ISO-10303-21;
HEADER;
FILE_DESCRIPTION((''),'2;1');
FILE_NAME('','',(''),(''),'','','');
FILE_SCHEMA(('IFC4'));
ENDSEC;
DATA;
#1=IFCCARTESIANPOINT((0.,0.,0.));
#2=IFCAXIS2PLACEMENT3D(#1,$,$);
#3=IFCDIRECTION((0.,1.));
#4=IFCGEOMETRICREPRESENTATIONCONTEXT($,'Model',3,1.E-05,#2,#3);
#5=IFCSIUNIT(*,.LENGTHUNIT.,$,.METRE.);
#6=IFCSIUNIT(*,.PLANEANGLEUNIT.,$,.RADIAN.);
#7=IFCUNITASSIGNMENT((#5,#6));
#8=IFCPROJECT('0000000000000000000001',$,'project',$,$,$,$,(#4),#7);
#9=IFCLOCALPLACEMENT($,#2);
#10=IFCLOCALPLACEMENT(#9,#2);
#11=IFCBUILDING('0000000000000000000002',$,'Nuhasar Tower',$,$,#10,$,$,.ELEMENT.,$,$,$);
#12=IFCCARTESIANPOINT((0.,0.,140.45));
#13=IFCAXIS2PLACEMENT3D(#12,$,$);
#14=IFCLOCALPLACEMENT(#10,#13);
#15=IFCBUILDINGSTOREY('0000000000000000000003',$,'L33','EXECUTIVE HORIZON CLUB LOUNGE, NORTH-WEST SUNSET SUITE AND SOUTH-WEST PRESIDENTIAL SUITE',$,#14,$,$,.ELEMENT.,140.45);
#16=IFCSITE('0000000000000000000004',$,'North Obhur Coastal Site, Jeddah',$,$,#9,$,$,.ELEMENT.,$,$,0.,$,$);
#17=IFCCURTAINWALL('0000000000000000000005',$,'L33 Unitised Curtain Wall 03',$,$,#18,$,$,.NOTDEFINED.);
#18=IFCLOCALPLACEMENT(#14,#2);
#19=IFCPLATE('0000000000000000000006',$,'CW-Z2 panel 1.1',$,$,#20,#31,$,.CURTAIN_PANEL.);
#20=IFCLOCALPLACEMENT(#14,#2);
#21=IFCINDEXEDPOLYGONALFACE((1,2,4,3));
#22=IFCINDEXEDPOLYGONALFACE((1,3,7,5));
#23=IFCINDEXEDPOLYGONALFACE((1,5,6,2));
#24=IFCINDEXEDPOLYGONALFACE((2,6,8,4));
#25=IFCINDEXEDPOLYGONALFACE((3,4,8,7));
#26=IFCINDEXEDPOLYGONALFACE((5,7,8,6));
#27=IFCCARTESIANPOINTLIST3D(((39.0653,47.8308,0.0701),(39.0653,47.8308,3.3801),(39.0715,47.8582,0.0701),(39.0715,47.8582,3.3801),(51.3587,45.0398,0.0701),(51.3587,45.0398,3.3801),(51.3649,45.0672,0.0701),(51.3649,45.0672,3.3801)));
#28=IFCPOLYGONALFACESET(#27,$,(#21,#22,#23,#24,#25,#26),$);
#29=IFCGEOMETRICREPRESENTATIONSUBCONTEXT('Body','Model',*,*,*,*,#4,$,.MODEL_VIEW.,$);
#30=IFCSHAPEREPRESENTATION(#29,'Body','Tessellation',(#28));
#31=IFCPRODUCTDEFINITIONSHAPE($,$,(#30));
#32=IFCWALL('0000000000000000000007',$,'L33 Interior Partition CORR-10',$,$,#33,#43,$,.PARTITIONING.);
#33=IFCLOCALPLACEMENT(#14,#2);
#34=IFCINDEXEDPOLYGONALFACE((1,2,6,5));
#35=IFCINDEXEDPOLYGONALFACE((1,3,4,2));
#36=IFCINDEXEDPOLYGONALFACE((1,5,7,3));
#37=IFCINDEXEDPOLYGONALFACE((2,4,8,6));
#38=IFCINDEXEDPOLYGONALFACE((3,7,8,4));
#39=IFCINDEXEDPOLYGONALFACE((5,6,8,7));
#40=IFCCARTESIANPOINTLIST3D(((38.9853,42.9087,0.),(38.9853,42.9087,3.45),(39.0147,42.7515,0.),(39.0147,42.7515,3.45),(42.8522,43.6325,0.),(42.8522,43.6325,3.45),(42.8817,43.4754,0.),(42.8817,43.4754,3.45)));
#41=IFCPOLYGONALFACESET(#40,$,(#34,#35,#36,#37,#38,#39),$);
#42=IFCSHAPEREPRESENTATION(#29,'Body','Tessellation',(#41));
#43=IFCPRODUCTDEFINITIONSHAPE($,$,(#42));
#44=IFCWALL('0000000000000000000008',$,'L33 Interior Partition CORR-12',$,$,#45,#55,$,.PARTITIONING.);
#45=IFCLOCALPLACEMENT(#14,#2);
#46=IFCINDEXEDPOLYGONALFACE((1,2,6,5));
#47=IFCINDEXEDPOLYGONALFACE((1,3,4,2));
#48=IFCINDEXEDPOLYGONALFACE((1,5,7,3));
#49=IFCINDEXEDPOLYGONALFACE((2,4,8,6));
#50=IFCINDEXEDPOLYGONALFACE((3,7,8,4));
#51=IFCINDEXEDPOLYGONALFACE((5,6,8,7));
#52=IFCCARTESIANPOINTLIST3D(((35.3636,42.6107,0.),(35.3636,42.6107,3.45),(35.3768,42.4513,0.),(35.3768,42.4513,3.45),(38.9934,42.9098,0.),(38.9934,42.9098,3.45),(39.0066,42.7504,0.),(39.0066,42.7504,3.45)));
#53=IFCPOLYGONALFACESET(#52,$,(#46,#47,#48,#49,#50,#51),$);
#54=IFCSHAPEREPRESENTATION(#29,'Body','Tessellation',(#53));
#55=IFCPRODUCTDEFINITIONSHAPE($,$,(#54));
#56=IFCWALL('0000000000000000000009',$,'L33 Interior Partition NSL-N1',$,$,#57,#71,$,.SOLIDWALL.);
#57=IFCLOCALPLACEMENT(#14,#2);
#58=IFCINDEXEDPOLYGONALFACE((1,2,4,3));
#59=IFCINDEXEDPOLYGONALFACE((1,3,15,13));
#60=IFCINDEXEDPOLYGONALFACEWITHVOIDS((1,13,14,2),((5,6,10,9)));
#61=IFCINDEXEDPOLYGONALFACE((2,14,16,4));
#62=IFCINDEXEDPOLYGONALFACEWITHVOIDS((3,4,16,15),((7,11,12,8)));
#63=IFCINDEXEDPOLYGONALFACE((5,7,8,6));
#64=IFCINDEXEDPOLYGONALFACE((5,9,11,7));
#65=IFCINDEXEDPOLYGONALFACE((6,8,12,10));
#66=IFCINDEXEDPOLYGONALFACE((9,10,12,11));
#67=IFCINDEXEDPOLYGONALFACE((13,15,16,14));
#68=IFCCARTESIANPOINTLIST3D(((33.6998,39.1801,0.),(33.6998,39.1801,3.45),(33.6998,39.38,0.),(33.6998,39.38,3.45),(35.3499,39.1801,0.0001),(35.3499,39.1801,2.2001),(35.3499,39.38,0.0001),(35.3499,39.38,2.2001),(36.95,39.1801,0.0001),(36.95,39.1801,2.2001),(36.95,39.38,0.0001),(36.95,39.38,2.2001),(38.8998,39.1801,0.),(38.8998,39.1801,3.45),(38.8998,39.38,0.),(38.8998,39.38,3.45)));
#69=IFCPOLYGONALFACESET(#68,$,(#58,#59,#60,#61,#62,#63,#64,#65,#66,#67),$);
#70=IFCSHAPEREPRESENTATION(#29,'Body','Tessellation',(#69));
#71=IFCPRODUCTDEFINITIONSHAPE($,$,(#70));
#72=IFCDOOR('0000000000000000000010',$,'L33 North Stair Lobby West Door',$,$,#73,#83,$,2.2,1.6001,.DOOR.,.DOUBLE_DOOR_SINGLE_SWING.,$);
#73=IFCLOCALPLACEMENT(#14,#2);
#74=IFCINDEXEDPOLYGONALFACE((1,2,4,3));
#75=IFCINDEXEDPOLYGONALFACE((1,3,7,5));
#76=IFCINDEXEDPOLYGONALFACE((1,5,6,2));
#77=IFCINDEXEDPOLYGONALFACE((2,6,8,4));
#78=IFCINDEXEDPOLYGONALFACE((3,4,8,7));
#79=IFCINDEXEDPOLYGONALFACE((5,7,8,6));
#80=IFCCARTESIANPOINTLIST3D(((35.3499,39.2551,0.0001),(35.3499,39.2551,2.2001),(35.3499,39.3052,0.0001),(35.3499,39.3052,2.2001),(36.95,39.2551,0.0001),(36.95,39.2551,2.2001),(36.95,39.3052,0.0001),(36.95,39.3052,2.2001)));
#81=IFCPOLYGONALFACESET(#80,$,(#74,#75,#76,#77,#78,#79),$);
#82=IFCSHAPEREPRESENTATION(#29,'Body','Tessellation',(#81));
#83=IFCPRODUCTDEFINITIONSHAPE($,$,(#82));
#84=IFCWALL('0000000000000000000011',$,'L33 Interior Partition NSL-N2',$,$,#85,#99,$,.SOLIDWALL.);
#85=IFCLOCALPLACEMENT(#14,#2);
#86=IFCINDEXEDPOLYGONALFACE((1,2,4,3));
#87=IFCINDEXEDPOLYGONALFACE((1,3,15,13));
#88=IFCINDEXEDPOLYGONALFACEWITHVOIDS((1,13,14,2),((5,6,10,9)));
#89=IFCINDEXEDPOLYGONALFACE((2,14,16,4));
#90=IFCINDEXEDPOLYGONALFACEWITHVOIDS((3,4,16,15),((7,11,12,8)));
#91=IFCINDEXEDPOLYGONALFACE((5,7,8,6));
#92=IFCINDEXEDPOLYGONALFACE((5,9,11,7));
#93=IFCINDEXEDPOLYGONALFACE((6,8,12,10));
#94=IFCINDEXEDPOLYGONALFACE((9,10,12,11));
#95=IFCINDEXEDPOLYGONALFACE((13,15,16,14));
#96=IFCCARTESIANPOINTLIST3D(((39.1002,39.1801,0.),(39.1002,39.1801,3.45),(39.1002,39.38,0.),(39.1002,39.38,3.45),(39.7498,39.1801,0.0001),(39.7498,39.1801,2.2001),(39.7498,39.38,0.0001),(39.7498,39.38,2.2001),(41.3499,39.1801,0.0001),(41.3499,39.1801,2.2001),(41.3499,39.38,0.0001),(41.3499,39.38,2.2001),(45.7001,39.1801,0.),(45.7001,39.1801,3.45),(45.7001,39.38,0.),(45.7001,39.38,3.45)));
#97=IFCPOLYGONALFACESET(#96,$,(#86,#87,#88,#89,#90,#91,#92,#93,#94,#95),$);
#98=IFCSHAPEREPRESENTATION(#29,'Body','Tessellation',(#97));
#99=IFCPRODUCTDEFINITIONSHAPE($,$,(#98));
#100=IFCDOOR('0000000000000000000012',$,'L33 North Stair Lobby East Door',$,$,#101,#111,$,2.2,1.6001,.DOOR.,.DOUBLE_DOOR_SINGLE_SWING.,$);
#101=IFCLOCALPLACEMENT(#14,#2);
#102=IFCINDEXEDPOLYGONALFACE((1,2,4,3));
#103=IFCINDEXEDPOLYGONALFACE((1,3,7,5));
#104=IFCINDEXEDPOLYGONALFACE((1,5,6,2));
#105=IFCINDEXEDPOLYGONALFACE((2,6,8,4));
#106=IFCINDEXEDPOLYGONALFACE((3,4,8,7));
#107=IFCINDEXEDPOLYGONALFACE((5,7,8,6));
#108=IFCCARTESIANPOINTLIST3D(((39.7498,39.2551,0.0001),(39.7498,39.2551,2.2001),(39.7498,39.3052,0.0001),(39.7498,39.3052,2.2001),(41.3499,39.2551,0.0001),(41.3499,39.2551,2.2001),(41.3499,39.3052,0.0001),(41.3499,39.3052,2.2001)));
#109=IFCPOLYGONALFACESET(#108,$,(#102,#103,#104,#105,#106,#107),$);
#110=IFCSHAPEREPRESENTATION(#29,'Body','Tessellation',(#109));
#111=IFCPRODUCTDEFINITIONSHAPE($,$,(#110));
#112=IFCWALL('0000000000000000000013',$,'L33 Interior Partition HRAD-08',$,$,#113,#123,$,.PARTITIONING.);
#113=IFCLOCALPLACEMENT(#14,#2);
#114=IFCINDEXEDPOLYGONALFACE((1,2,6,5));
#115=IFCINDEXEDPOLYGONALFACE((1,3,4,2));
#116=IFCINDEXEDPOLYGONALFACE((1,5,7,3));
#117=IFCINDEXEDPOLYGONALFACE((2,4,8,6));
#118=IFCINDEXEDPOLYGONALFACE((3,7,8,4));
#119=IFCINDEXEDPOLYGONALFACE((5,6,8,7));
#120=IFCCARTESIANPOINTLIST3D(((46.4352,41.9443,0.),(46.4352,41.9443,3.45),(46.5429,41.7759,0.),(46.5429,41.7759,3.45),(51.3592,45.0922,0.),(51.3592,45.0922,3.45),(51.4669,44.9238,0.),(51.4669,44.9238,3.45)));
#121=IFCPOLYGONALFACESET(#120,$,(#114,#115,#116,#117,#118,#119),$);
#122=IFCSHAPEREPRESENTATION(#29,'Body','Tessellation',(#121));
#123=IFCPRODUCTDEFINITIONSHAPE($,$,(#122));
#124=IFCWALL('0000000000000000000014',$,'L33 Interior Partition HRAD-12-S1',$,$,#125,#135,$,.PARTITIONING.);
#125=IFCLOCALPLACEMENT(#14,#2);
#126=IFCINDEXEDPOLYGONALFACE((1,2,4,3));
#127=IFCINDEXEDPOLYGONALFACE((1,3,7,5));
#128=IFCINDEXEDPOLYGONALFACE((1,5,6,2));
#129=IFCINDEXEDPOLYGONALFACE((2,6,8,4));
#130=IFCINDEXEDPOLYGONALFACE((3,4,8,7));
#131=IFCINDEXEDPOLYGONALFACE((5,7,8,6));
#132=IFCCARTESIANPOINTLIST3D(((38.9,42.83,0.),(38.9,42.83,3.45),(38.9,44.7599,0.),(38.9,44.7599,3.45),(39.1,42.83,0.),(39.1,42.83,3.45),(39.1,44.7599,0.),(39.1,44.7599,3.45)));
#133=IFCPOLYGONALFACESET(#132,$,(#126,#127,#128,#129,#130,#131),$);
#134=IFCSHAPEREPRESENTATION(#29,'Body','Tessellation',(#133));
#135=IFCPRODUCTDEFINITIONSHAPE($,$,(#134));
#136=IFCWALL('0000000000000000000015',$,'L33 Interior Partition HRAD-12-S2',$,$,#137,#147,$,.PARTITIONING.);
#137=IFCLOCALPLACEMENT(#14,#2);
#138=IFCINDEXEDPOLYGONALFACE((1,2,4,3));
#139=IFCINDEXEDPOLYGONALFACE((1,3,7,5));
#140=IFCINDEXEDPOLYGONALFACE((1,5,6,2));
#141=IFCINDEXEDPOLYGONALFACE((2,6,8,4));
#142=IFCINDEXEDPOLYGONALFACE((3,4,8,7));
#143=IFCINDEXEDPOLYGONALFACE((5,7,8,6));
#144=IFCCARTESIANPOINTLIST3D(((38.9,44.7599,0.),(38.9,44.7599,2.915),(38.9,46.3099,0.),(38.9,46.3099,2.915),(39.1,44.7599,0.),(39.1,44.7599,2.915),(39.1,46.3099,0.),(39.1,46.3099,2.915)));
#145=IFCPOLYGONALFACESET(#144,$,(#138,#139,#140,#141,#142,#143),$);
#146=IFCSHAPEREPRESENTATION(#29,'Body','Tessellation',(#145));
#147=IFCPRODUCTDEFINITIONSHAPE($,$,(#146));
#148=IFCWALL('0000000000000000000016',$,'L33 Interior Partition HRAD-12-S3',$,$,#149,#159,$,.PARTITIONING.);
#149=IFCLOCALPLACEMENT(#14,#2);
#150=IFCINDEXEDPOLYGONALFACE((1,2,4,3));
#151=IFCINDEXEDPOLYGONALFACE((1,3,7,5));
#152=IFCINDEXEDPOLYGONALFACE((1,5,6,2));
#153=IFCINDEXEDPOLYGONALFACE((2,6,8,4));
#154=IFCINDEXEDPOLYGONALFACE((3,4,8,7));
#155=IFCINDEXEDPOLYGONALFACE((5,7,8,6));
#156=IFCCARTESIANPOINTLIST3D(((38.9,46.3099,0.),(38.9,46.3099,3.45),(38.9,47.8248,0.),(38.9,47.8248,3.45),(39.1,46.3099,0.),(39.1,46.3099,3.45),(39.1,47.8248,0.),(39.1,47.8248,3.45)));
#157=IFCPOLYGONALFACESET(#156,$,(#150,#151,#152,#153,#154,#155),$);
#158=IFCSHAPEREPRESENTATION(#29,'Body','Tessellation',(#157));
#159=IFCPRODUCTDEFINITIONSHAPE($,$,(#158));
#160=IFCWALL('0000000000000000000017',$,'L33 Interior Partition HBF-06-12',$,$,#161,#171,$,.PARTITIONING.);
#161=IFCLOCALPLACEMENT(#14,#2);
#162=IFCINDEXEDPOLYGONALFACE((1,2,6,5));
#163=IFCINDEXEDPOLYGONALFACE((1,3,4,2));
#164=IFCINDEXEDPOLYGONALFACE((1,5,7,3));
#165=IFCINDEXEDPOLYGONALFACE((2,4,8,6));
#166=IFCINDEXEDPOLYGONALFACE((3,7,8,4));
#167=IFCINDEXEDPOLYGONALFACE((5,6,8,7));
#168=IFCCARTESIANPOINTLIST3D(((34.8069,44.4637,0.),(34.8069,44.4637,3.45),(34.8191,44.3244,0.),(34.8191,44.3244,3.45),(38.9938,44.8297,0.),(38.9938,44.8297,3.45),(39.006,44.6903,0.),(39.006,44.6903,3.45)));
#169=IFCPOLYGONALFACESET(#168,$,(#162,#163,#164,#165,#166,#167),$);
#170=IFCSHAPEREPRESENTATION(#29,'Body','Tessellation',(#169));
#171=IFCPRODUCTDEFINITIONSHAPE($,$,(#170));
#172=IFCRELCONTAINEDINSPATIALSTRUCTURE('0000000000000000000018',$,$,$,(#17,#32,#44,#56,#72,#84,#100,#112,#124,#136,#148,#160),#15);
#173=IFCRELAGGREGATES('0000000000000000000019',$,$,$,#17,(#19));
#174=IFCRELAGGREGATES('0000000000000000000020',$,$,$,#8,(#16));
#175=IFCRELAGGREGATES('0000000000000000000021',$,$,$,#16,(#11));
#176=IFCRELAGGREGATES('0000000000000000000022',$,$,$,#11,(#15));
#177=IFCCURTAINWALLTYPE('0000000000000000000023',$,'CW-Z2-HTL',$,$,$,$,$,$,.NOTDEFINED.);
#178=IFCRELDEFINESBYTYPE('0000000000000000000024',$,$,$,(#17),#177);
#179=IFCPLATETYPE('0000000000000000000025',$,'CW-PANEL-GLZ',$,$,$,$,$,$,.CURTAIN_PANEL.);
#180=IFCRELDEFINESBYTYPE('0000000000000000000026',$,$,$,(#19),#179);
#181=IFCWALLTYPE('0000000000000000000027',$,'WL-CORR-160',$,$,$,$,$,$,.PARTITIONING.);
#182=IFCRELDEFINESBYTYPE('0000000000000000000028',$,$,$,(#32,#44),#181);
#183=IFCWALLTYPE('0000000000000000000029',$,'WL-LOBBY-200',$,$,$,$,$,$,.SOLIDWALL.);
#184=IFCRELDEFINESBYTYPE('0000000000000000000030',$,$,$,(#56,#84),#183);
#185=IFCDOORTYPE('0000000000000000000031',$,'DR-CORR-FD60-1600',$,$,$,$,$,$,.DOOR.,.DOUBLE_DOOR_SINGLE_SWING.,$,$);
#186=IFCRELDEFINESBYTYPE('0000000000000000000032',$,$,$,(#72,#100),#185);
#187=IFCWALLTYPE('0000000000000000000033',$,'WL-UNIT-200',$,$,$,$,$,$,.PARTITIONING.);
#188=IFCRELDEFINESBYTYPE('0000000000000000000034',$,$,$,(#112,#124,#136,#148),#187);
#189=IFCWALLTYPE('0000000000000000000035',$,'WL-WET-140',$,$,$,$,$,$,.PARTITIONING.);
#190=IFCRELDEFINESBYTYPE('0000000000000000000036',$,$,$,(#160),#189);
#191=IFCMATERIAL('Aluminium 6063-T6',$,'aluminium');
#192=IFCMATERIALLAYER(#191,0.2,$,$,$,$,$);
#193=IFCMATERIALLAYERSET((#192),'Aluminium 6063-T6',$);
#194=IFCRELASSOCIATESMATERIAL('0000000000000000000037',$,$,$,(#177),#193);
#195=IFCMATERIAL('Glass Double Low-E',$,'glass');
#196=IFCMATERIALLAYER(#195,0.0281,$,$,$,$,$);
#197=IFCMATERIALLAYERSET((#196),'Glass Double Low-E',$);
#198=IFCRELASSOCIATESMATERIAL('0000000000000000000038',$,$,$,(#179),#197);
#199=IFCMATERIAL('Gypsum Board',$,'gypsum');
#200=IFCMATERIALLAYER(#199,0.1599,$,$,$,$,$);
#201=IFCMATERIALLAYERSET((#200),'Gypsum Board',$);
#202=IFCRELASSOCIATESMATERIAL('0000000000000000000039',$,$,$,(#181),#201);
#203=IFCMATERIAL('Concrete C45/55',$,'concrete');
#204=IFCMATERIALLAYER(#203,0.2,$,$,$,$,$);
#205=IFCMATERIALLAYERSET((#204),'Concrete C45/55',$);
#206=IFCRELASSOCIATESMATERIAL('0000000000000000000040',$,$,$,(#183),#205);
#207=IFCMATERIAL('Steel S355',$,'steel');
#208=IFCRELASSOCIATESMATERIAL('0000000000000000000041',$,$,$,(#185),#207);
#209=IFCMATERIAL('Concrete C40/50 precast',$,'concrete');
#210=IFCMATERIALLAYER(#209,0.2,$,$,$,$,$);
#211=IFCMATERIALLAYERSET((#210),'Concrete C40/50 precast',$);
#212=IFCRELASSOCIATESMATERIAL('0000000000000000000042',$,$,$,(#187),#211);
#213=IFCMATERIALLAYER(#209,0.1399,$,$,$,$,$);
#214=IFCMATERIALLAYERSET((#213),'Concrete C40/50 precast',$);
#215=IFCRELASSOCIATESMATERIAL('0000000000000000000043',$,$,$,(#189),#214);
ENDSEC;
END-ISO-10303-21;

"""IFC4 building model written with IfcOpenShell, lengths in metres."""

from ifc_helpers import new_model, si_unit, direction, frame, frame_2d, origin, origin_2d, place, context, subcontext, project, spatial, rectangle, extrude, material, layer, layer_set, type_object, element, fill, aggregate, save


model = new_model("IFC4")

# Units and contexts
model_context = context("Model", 3, precision=1e-05, world=origin(), true_north=direction((0.0, 1.0)))
body_context = subcontext(model_context, "Body", "Model", "MODEL_VIEW")
ifc_project = project(units=[si_unit("LENGTHUNIT", "METRE"), si_unit("PLANEANGLEUNIT", "RADIAN")], contexts=[model_context])

# Site, building, storey
site_placement = place(None, origin())
site = spatial("IfcSite", under=ifc_project, at=site_placement, Name="North Obhur Coastal Site, Jeddah", CompositionType="ELEMENT", RefElevation=0.0)
building_placement = place(site_placement, origin())
building = spatial("IfcBuilding", under=site, at=building_placement, Name="Nuhasar Tower", CompositionType="ELEMENT")
storey_placement = place(building_placement, frame((0.0, 0.0, 140.45)))
storey = spatial("IfcBuildingStorey", under=building, at=storey_placement, Name="L33", Description="EXECUTIVE HORIZON CLUB LOUNGE, NORTH-WEST SUNSET SUITE AND SOUTH-WEST PRESIDENTIAL SUITE", CompositionType="ELEMENT", Elevation=140.45)

# Shared definitions
ifc_material_1 = material(Name="Steel S355", Category="steel")

# Curtain wall
ifc_material_2 = material(Name="Aluminium 6063-T6", Category="aluminium")
ifc_layer_1 = layer(ifc_material_2, 0.2)
ifc_layer_set_1 = layer_set([ifc_layer_1], Name="Aluminium 6063-T6")
curtain_wall_type = type_object("IfcCurtainWallType", Name="CW-Z2-HTL", PredefinedType="NOTDEFINED", material=ifc_layer_set_1)
curtain_wall_1_placement = place(storey_placement, origin())
curtain_wall_1 = element("IfcCurtainWall", 1, at=curtain_wall_1_placement, inside=storey, type_object=curtain_wall_type, Name="L33 Unitised Curtain Wall 03", PredefinedType="NOTDEFINED")

# Plate
ifc_material_3 = material(Name="Glass Double Low-E", Category="glass")
ifc_layer_2 = layer(ifc_material_3, 0.0281)
ifc_layer_set_2 = layer_set([ifc_layer_2], Name="Glass Double Low-E")
plate_type = type_object("IfcPlateType", Name="CW-PANEL-GLZ", PredefinedType="CURTAIN_PANEL", material=ifc_layer_set_2)
plate_placement = place(storey_placement, frame((45.2151, 46.449, 0.0701), z_axis=(0.0, 0.0, 1.0), x_axis=(-0.975184, 0.221397, 0.0)))
plate = element("IfcPlate", 2, at=plate_placement, type_object=plate_type, Name="CW-Z2 panel 1.1", PredefinedType="CURTAIN_PANEL", context=body_context, shape_type="SweptSolid", body=[
    extrude(rectangle(XDim=12.6062, YDim=0.0281, at=origin_2d()), origin(), (0.0, 0.0, 1.0), 3.3101),
])
aggregate(curtain_wall_1, [plate])

# Shared definitions
ifc_material_4 = material(Name="Gypsum Board", Category="gypsum")
ifc_layer_3 = layer(ifc_material_4, 0.1599)
ifc_layer_set_3 = layer_set([ifc_layer_3], Name="Gypsum Board")
wall_type_1 = type_object("IfcWallType", Name="WL-CORR-160", PredefinedType="PARTITIONING", material=ifc_layer_set_3)

# Walls
wall_1_placement = place(storey_placement, frame((42.8669, 43.554, 0.0), z_axis=(0.0, 0.0, 1.0), x_axis=(-0.982926, -0.184, 0.0)))
element("IfcWall", 3, at=wall_1_placement, inside=storey, type_object=wall_type_1, Name="L33 Interior Partition CORR-10", PredefinedType="PARTITIONING", context=body_context, shape_type="SweptSolid", body=[
    extrude(rectangle(XDim=3.9341, YDim=0.1599, at=frame_2d((1.967, 0.0))), origin(), (0.0, 0.0, 1.0), 3.45),
])
wall_2_placement = place(storey_placement, frame((39.0, 42.8301, 0.0), z_axis=(0.0, 0.0, 1.0), x_axis=(-0.996623, -0.082113, 0.0)))
element("IfcWall", 4, at=wall_2_placement, inside=storey, type_object=wall_type_1, Name="L33 Interior Partition CORR-12", PredefinedType="PARTITIONING", context=body_context, shape_type="SweptSolid", body=[
    extrude(rectangle(XDim=3.6421, YDim=0.1599, at=frame_2d((1.821, 0.0))), origin(), (0.0, 0.0, 1.0), 3.45),
])

# Walls, openings, doors
ifc_material_5 = material(Name="Concrete C45/55", Category="concrete")
ifc_layer_4 = layer(ifc_material_5, 0.2)
ifc_layer_set_4 = layer_set([ifc_layer_4], Name="Concrete C45/55")
wall_type_2 = type_object("IfcWallType", Name="WL-LOBBY-200", PredefinedType="SOLIDWALL", material=ifc_layer_set_4)
wall_3_placement = place(storey_placement, frame((38.8999, 39.28, 0.0), z_axis=(0.0, 0.0, 1.0), x_axis=(-1.0, 0.0, 0.0)))
wall_3 = element("IfcWall", 5, at=wall_3_placement, inside=storey, type_object=wall_type_2, Name="L33 Interior Partition NSL-N1", PredefinedType="SOLIDWALL", context=body_context, shape_type="SweptSolid", body=[
    extrude(rectangle(XDim=5.2, YDim=0.2, at=frame_2d((2.6001, 0.0))), origin(), (0.0, 0.0, 1.0), 3.45),
])
opening_1_placement = place(wall_3_placement, frame((1.95, 0.0, 0.0)))
opening_1 = element("IfcOpeningElement", 6, at=opening_1_placement, cuts=wall_3, PredefinedType="OPENING", context=body_context, shape_type="SweptSolid", body=[
    extrude(rectangle(XDim=1.6001, YDim=2.2, at=frame_2d((0.8, 1.1001))), frame((0.0, 0.1099, 0.0), z_axis=(0.0, -1.0, 0.0), x_axis=(1.0, 0.0, 0.0)), (0.0, 0.0, 1.0), 0.22),
])
door_type_1 = type_object("IfcDoorType", Name="DR-CORR-FD60-1600", OperationType="DOUBLE_DOOR_SINGLE_SWING", PredefinedType="DOOR", material=ifc_material_1)
door_1_placement = place(opening_1_placement, origin())
door_1 = element("IfcDoor", 7, at=door_1_placement, inside=storey, type_object=door_type_1, Name="L33 North Stair Lobby West Door", OperationType="DOUBLE_DOOR_SINGLE_SWING", OverallHeight=2.2, OverallWidth=1.6001, PredefinedType="DOOR", context=body_context, shape_type="SweptSolid", body=[
    extrude(rectangle(XDim=1.6001, YDim=2.2, at=frame_2d((0.8, 1.1001))), frame((0.0, 0.0249, 0.0), z_axis=(0.0, -1.0, 0.0), x_axis=(1.0, 0.0, 0.0)), (0.0, 0.0, 1.0), 0.05),
])
fill(opening_1, door_1)
wall_4_placement = place(storey_placement, frame((45.7, 39.28, 0.0), z_axis=(0.0, 0.0, 1.0), x_axis=(-1.0, 0.0, 0.0)))
wall_4 = element("IfcWall", 8, at=wall_4_placement, inside=storey, type_object=wall_type_2, Name="L33 Interior Partition NSL-N2", PredefinedType="SOLIDWALL", context=body_context, shape_type="SweptSolid", body=[
    extrude(rectangle(XDim=6.5999, YDim=0.2, at=frame_2d((3.2998, 0.0))), origin(), (0.0, 0.0, 1.0), 3.45),
])
opening_2_placement = place(wall_4_placement, frame((4.3501, 0.0, 0.0)))
opening_2 = element("IfcOpeningElement", 9, at=opening_2_placement, cuts=wall_4, PredefinedType="OPENING", context=body_context, shape_type="SweptSolid", body=[
    extrude(rectangle(XDim=1.6001, YDim=2.2, at=frame_2d((0.8, 1.1001))), frame((0.0, 0.1099, 0.0), z_axis=(0.0, -1.0, 0.0), x_axis=(1.0, 0.0, 0.0)), (0.0, 0.0, 1.0), 0.22),
])
door_2_placement = place(opening_2_placement, origin())
door_2 = element("IfcDoor", 10, at=door_2_placement, inside=storey, type_object=door_type_1, Name="L33 North Stair Lobby East Door", OperationType="DOUBLE_DOOR_SINGLE_SWING", OverallHeight=2.2, OverallWidth=1.6001, PredefinedType="DOOR", context=body_context, shape_type="SweptSolid", body=[
    extrude(rectangle(XDim=1.6001, YDim=2.2, at=frame_2d((0.8, 1.1001))), frame((0.0, 0.0249, 0.0), z_axis=(0.0, -1.0, 0.0), x_axis=(1.0, 0.0, 0.0)), (0.0, 0.0, 1.0), 0.05),
])
fill(opening_2, door_2)

# Walls
ifc_material_6 = material(Name="Concrete C40/50 precast", Category="concrete")
ifc_layer_5 = layer(ifc_material_6, 0.2)
ifc_layer_set_5 = layer_set([ifc_layer_5], Name="Concrete C40/50 precast")
wall_type_3 = type_object("IfcWallType", Name="WL-UNIT-200", PredefinedType="PARTITIONING", material=ifc_layer_set_5)
wall_5_placement = place(storey_placement, frame((46.489, 41.8601, 0.0), z_axis=(0.0, 0.0, 1.0), x_axis=(0.84254, 0.538634, 0.0)))
element("IfcWall", 11, at=wall_5_placement, inside=storey, type_object=wall_type_3, Name="L33 Interior Partition HRAD-08", PredefinedType="PARTITIONING", context=body_context, shape_type="SweptSolid", body=[
    extrude(rectangle(XDim=5.8442, YDim=0.2, at=frame_2d((2.9221, 0.0))), origin(), (0.0, 0.0, 1.0), 3.45),
])
wall_6_placement = place(storey_placement, frame((39.0, 42.8301, 0.0), z_axis=(0.0, 0.0, 1.0), x_axis=(0.0, 1.0, 0.0)))
element("IfcWall", 12, at=wall_6_placement, inside=storey, type_object=wall_type_3, Name="L33 Interior Partition HRAD-12-S1", PredefinedType="PARTITIONING", context=body_context, shape_type="SweptSolid", body=[
    extrude(rectangle(XDim=1.9299, YDim=0.2, at=frame_2d((0.9648, 0.0))), origin(), (0.0, 0.0, 1.0), 3.45),
])
wall_7_placement = place(storey_placement, frame((39.0, 44.76, 0.0), z_axis=(0.0, 0.0, 1.0), x_axis=(0.0, 1.0, 0.0)))
element("IfcWall", 13, at=wall_7_placement, inside=storey, type_object=wall_type_3, Name="L33 Interior Partition HRAD-12-S2", PredefinedType="PARTITIONING", context=body_context, shape_type="SweptSolid", body=[
    extrude(rectangle(XDim=1.55, YDim=0.2, at=frame_2d((0.7749, 0.0))), origin(), (0.0, 0.0, 1.0), 2.915),
])
wall_8_placement = place(storey_placement, frame((39.0, 46.3101, 0.0), z_axis=(0.0, 0.0, 1.0), x_axis=(0.0, 1.0, 0.0)))
element("IfcWall", 14, at=wall_8_placement, inside=storey, type_object=wall_type_3, Name="L33 Interior Partition HRAD-12-S3", PredefinedType="PARTITIONING", context=body_context, shape_type="SweptSolid", body=[
    extrude(rectangle(XDim=1.5149, YDim=0.2, at=frame_2d((0.7573, 0.0))), origin(), (0.0, 0.0, 1.0), 3.45),
])
ifc_layer_6 = layer(ifc_material_6, 0.1399)
ifc_layer_set_6 = layer_set([ifc_layer_6], Name="Concrete C40/50 precast")
wall_type_4 = type_object("IfcWallType", Name="WL-WET-140", PredefinedType="PARTITIONING", material=ifc_layer_set_6)
wall_9_placement = place(storey_placement, frame((39.0, 44.76, 0.0), z_axis=(0.0, 0.0, 1.0), x_axis=(-0.996202, -0.087073, 0.0)))
element("IfcWall", 15, at=wall_9_placement, inside=storey, type_object=wall_type_4, Name="L33 Interior Partition HBF-06-12", PredefinedType="PARTITIONING", context=body_context, shape_type="SweptSolid", body=[
    extrude(rectangle(XDim=4.2029, YDim=0.1399, at=frame_2d((2.1016, 0.0))), origin(), (0.0, 0.0, 1.0), 3.45),
])

save(model, "model.ifc")
